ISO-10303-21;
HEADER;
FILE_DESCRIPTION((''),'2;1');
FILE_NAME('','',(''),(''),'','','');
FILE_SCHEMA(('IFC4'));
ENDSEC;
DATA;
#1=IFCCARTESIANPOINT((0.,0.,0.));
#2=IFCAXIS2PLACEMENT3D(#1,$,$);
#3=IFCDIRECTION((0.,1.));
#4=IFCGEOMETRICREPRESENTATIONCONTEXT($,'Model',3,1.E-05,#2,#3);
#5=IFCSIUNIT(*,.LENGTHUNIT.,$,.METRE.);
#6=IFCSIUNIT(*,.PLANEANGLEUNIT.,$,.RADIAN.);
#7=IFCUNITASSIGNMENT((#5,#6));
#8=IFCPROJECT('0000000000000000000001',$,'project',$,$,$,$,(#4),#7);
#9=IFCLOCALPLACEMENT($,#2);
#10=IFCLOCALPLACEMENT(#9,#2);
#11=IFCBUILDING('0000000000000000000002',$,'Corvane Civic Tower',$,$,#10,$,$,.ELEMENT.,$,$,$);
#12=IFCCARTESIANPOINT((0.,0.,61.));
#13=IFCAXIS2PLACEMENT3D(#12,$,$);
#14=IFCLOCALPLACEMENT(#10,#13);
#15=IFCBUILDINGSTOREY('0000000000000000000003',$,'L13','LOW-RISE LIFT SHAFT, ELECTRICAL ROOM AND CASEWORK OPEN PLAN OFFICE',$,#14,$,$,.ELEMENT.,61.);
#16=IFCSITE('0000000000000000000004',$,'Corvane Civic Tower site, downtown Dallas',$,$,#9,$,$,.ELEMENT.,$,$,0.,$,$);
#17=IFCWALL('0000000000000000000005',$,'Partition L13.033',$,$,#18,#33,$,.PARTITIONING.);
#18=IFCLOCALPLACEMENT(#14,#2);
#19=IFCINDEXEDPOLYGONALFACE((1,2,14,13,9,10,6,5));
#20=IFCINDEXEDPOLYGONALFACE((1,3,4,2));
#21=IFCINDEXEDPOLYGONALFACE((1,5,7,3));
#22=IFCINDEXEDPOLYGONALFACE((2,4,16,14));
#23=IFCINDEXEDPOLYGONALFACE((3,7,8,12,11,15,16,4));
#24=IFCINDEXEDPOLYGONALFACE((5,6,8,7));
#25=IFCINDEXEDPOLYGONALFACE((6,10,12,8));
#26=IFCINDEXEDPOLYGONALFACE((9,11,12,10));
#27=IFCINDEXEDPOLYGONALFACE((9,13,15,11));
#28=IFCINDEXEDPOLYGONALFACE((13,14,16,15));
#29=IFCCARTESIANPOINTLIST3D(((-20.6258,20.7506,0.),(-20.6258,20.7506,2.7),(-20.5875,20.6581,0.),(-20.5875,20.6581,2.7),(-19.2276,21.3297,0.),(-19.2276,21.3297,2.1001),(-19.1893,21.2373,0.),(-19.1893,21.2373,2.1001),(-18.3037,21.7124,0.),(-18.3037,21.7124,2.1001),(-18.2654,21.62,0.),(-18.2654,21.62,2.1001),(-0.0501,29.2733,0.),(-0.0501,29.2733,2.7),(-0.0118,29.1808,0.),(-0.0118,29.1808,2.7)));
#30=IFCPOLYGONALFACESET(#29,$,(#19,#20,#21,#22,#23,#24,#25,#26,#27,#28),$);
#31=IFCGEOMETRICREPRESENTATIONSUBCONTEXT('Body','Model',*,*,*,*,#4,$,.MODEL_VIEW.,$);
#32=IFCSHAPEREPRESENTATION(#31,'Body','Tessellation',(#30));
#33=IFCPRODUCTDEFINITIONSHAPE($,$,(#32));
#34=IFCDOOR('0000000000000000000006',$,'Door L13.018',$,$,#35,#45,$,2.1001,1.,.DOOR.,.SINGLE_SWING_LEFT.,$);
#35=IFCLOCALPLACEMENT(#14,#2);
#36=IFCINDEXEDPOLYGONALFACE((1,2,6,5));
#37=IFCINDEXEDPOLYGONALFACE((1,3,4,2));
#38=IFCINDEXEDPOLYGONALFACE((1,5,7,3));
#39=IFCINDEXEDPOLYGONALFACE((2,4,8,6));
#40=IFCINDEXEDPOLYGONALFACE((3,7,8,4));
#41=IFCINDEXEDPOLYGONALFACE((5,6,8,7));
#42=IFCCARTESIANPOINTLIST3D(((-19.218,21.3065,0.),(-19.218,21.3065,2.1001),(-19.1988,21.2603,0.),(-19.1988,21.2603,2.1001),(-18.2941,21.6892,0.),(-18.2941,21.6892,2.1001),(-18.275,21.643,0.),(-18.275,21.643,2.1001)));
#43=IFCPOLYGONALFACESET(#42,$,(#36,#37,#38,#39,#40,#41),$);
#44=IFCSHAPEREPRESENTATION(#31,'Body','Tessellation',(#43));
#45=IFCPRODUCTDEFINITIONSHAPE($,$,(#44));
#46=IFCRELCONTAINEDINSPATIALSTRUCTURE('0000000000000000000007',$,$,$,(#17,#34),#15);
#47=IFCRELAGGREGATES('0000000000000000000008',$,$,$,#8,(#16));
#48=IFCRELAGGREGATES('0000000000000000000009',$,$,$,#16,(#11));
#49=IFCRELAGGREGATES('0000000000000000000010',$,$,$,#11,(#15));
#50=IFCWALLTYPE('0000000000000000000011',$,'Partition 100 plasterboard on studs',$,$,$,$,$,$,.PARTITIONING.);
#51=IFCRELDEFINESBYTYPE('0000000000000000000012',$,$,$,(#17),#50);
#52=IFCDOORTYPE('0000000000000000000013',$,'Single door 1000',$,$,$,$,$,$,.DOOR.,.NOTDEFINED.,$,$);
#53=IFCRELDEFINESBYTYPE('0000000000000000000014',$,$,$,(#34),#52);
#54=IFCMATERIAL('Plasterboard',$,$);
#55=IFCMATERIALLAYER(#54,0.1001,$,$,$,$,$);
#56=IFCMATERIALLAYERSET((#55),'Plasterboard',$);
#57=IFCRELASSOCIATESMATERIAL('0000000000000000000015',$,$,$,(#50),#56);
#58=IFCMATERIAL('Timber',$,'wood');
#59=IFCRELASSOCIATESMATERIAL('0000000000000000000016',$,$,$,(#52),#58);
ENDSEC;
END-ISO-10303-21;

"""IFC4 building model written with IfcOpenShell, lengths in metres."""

from ifc_helpers import new_model, si_unit, direction, frame, frame_2d, origin, place, context, subcontext, project, spatial, rectangle, extrude, material, layer, layer_set, type_object, element, fill, save


model = new_model("IFC4")

# Units and contexts
model_context = context("Model", 3, precision=1e-05, world=origin(), true_north=direction((0.0, 1.0)))
body_context = subcontext(model_context, "Body", "Model", "MODEL_VIEW")
ifc_project = project(units=[si_unit("LENGTHUNIT", "METRE"), si_unit("PLANEANGLEUNIT", "RADIAN")], contexts=[model_context])

# Site, building, storey
site_placement = place(None, origin())
site = spatial("IfcSite", under=ifc_project, at=site_placement, Name="Corvane Civic Tower site, downtown Dallas", CompositionType="ELEMENT", RefElevation=0.0)
building_placement = place(site_placement, origin())
building = spatial("IfcBuilding", under=site, at=building_placement, Name="Corvane Civic Tower", CompositionType="ELEMENT")
storey_placement = place(building_placement, frame((0.0, 0.0, 61.0)))
storey = spatial("IfcBuildingStorey", under=building, at=storey_placement, Name="L13", Description="LOW-RISE LIFT SHAFT, ELECTRICAL ROOM AND CASEWORK OPEN PLAN OFFICE", CompositionType="ELEMENT", Elevation=61.0)

# Shared definitions
ifc_material_1 = material(Name="Plasterboard")
ifc_layer_1 = layer(ifc_material_1, 0.1001)
ifc_layer_set_1 = layer_set([ifc_layer_1], Name="Plasterboard")
wall_type = type_object("IfcWallType", Name="Partition 100 plasterboard on studs", PredefinedType="PARTITIONING", material=ifc_layer_set_1)

# Wall, opening, door
wall_1_placement = place(storey_placement, frame((-20.6067, 20.7043, 0.0), z_axis=(0.0, 0.0, 1.0), x_axis=(0.92388, 0.382683, 0.0)))
wall_1 = element("IfcWall", 1, at=wall_1_placement, inside=storey, type_object=wall_type, Name="Partition L13.033", PredefinedType="PARTITIONING", context=body_context, shape_type="SweptSolid", body=[
    extrude(rectangle(XDim=22.271, YDim=0.1001, at=frame_2d((11.1355, 0.0))), origin(), (0.0, 0.0, 1.0), 2.7),
])
opening_placement = place(wall_1_placement, frame((1.5134, 0.0, 0.0)))
opening = element("IfcOpeningElement", 2, at=opening_placement, cuts=wall_1, PredefinedType="OPENING", context=body_context, shape_type="SweptSolid", body=[
    extrude(rectangle(XDim=1.0, YDim=2.1001, at=frame_2d((0.5, 1.05))), frame((0.0, 0.0601, 0.0), z_axis=(0.0, -1.0, 0.0), x_axis=(1.0, 0.0, 0.0)), (0.0, 0.0, 1.0), 0.1201),
])
ifc_material_2 = material(Name="Timber", Category="wood")
door_type = type_object("IfcDoorType", Name="Single door 1000", OperationType="NOTDEFINED", PredefinedType="DOOR", material=ifc_material_2)
door_placement = place(opening_placement, origin())
door = element("IfcDoor", 3, at=door_placement, inside=storey, type_object=door_type, Name="Door L13.018", OperationType="SINGLE_SWING_LEFT", OverallHeight=2.1001, OverallWidth=1.0, PredefinedType="DOOR", context=body_context, shape_type="SweptSolid", body=[
    extrude(rectangle(XDim=1.0, YDim=2.1001, at=frame_2d((0.5, 1.05))), frame((0.0, 0.0249, 0.0), z_axis=(0.0, -1.0, 0.0), x_axis=(1.0, 0.0, 0.0)), (0.0, 0.0, 1.0), 0.05),
])
fill(opening, door)

save(model, "model.ifc")
